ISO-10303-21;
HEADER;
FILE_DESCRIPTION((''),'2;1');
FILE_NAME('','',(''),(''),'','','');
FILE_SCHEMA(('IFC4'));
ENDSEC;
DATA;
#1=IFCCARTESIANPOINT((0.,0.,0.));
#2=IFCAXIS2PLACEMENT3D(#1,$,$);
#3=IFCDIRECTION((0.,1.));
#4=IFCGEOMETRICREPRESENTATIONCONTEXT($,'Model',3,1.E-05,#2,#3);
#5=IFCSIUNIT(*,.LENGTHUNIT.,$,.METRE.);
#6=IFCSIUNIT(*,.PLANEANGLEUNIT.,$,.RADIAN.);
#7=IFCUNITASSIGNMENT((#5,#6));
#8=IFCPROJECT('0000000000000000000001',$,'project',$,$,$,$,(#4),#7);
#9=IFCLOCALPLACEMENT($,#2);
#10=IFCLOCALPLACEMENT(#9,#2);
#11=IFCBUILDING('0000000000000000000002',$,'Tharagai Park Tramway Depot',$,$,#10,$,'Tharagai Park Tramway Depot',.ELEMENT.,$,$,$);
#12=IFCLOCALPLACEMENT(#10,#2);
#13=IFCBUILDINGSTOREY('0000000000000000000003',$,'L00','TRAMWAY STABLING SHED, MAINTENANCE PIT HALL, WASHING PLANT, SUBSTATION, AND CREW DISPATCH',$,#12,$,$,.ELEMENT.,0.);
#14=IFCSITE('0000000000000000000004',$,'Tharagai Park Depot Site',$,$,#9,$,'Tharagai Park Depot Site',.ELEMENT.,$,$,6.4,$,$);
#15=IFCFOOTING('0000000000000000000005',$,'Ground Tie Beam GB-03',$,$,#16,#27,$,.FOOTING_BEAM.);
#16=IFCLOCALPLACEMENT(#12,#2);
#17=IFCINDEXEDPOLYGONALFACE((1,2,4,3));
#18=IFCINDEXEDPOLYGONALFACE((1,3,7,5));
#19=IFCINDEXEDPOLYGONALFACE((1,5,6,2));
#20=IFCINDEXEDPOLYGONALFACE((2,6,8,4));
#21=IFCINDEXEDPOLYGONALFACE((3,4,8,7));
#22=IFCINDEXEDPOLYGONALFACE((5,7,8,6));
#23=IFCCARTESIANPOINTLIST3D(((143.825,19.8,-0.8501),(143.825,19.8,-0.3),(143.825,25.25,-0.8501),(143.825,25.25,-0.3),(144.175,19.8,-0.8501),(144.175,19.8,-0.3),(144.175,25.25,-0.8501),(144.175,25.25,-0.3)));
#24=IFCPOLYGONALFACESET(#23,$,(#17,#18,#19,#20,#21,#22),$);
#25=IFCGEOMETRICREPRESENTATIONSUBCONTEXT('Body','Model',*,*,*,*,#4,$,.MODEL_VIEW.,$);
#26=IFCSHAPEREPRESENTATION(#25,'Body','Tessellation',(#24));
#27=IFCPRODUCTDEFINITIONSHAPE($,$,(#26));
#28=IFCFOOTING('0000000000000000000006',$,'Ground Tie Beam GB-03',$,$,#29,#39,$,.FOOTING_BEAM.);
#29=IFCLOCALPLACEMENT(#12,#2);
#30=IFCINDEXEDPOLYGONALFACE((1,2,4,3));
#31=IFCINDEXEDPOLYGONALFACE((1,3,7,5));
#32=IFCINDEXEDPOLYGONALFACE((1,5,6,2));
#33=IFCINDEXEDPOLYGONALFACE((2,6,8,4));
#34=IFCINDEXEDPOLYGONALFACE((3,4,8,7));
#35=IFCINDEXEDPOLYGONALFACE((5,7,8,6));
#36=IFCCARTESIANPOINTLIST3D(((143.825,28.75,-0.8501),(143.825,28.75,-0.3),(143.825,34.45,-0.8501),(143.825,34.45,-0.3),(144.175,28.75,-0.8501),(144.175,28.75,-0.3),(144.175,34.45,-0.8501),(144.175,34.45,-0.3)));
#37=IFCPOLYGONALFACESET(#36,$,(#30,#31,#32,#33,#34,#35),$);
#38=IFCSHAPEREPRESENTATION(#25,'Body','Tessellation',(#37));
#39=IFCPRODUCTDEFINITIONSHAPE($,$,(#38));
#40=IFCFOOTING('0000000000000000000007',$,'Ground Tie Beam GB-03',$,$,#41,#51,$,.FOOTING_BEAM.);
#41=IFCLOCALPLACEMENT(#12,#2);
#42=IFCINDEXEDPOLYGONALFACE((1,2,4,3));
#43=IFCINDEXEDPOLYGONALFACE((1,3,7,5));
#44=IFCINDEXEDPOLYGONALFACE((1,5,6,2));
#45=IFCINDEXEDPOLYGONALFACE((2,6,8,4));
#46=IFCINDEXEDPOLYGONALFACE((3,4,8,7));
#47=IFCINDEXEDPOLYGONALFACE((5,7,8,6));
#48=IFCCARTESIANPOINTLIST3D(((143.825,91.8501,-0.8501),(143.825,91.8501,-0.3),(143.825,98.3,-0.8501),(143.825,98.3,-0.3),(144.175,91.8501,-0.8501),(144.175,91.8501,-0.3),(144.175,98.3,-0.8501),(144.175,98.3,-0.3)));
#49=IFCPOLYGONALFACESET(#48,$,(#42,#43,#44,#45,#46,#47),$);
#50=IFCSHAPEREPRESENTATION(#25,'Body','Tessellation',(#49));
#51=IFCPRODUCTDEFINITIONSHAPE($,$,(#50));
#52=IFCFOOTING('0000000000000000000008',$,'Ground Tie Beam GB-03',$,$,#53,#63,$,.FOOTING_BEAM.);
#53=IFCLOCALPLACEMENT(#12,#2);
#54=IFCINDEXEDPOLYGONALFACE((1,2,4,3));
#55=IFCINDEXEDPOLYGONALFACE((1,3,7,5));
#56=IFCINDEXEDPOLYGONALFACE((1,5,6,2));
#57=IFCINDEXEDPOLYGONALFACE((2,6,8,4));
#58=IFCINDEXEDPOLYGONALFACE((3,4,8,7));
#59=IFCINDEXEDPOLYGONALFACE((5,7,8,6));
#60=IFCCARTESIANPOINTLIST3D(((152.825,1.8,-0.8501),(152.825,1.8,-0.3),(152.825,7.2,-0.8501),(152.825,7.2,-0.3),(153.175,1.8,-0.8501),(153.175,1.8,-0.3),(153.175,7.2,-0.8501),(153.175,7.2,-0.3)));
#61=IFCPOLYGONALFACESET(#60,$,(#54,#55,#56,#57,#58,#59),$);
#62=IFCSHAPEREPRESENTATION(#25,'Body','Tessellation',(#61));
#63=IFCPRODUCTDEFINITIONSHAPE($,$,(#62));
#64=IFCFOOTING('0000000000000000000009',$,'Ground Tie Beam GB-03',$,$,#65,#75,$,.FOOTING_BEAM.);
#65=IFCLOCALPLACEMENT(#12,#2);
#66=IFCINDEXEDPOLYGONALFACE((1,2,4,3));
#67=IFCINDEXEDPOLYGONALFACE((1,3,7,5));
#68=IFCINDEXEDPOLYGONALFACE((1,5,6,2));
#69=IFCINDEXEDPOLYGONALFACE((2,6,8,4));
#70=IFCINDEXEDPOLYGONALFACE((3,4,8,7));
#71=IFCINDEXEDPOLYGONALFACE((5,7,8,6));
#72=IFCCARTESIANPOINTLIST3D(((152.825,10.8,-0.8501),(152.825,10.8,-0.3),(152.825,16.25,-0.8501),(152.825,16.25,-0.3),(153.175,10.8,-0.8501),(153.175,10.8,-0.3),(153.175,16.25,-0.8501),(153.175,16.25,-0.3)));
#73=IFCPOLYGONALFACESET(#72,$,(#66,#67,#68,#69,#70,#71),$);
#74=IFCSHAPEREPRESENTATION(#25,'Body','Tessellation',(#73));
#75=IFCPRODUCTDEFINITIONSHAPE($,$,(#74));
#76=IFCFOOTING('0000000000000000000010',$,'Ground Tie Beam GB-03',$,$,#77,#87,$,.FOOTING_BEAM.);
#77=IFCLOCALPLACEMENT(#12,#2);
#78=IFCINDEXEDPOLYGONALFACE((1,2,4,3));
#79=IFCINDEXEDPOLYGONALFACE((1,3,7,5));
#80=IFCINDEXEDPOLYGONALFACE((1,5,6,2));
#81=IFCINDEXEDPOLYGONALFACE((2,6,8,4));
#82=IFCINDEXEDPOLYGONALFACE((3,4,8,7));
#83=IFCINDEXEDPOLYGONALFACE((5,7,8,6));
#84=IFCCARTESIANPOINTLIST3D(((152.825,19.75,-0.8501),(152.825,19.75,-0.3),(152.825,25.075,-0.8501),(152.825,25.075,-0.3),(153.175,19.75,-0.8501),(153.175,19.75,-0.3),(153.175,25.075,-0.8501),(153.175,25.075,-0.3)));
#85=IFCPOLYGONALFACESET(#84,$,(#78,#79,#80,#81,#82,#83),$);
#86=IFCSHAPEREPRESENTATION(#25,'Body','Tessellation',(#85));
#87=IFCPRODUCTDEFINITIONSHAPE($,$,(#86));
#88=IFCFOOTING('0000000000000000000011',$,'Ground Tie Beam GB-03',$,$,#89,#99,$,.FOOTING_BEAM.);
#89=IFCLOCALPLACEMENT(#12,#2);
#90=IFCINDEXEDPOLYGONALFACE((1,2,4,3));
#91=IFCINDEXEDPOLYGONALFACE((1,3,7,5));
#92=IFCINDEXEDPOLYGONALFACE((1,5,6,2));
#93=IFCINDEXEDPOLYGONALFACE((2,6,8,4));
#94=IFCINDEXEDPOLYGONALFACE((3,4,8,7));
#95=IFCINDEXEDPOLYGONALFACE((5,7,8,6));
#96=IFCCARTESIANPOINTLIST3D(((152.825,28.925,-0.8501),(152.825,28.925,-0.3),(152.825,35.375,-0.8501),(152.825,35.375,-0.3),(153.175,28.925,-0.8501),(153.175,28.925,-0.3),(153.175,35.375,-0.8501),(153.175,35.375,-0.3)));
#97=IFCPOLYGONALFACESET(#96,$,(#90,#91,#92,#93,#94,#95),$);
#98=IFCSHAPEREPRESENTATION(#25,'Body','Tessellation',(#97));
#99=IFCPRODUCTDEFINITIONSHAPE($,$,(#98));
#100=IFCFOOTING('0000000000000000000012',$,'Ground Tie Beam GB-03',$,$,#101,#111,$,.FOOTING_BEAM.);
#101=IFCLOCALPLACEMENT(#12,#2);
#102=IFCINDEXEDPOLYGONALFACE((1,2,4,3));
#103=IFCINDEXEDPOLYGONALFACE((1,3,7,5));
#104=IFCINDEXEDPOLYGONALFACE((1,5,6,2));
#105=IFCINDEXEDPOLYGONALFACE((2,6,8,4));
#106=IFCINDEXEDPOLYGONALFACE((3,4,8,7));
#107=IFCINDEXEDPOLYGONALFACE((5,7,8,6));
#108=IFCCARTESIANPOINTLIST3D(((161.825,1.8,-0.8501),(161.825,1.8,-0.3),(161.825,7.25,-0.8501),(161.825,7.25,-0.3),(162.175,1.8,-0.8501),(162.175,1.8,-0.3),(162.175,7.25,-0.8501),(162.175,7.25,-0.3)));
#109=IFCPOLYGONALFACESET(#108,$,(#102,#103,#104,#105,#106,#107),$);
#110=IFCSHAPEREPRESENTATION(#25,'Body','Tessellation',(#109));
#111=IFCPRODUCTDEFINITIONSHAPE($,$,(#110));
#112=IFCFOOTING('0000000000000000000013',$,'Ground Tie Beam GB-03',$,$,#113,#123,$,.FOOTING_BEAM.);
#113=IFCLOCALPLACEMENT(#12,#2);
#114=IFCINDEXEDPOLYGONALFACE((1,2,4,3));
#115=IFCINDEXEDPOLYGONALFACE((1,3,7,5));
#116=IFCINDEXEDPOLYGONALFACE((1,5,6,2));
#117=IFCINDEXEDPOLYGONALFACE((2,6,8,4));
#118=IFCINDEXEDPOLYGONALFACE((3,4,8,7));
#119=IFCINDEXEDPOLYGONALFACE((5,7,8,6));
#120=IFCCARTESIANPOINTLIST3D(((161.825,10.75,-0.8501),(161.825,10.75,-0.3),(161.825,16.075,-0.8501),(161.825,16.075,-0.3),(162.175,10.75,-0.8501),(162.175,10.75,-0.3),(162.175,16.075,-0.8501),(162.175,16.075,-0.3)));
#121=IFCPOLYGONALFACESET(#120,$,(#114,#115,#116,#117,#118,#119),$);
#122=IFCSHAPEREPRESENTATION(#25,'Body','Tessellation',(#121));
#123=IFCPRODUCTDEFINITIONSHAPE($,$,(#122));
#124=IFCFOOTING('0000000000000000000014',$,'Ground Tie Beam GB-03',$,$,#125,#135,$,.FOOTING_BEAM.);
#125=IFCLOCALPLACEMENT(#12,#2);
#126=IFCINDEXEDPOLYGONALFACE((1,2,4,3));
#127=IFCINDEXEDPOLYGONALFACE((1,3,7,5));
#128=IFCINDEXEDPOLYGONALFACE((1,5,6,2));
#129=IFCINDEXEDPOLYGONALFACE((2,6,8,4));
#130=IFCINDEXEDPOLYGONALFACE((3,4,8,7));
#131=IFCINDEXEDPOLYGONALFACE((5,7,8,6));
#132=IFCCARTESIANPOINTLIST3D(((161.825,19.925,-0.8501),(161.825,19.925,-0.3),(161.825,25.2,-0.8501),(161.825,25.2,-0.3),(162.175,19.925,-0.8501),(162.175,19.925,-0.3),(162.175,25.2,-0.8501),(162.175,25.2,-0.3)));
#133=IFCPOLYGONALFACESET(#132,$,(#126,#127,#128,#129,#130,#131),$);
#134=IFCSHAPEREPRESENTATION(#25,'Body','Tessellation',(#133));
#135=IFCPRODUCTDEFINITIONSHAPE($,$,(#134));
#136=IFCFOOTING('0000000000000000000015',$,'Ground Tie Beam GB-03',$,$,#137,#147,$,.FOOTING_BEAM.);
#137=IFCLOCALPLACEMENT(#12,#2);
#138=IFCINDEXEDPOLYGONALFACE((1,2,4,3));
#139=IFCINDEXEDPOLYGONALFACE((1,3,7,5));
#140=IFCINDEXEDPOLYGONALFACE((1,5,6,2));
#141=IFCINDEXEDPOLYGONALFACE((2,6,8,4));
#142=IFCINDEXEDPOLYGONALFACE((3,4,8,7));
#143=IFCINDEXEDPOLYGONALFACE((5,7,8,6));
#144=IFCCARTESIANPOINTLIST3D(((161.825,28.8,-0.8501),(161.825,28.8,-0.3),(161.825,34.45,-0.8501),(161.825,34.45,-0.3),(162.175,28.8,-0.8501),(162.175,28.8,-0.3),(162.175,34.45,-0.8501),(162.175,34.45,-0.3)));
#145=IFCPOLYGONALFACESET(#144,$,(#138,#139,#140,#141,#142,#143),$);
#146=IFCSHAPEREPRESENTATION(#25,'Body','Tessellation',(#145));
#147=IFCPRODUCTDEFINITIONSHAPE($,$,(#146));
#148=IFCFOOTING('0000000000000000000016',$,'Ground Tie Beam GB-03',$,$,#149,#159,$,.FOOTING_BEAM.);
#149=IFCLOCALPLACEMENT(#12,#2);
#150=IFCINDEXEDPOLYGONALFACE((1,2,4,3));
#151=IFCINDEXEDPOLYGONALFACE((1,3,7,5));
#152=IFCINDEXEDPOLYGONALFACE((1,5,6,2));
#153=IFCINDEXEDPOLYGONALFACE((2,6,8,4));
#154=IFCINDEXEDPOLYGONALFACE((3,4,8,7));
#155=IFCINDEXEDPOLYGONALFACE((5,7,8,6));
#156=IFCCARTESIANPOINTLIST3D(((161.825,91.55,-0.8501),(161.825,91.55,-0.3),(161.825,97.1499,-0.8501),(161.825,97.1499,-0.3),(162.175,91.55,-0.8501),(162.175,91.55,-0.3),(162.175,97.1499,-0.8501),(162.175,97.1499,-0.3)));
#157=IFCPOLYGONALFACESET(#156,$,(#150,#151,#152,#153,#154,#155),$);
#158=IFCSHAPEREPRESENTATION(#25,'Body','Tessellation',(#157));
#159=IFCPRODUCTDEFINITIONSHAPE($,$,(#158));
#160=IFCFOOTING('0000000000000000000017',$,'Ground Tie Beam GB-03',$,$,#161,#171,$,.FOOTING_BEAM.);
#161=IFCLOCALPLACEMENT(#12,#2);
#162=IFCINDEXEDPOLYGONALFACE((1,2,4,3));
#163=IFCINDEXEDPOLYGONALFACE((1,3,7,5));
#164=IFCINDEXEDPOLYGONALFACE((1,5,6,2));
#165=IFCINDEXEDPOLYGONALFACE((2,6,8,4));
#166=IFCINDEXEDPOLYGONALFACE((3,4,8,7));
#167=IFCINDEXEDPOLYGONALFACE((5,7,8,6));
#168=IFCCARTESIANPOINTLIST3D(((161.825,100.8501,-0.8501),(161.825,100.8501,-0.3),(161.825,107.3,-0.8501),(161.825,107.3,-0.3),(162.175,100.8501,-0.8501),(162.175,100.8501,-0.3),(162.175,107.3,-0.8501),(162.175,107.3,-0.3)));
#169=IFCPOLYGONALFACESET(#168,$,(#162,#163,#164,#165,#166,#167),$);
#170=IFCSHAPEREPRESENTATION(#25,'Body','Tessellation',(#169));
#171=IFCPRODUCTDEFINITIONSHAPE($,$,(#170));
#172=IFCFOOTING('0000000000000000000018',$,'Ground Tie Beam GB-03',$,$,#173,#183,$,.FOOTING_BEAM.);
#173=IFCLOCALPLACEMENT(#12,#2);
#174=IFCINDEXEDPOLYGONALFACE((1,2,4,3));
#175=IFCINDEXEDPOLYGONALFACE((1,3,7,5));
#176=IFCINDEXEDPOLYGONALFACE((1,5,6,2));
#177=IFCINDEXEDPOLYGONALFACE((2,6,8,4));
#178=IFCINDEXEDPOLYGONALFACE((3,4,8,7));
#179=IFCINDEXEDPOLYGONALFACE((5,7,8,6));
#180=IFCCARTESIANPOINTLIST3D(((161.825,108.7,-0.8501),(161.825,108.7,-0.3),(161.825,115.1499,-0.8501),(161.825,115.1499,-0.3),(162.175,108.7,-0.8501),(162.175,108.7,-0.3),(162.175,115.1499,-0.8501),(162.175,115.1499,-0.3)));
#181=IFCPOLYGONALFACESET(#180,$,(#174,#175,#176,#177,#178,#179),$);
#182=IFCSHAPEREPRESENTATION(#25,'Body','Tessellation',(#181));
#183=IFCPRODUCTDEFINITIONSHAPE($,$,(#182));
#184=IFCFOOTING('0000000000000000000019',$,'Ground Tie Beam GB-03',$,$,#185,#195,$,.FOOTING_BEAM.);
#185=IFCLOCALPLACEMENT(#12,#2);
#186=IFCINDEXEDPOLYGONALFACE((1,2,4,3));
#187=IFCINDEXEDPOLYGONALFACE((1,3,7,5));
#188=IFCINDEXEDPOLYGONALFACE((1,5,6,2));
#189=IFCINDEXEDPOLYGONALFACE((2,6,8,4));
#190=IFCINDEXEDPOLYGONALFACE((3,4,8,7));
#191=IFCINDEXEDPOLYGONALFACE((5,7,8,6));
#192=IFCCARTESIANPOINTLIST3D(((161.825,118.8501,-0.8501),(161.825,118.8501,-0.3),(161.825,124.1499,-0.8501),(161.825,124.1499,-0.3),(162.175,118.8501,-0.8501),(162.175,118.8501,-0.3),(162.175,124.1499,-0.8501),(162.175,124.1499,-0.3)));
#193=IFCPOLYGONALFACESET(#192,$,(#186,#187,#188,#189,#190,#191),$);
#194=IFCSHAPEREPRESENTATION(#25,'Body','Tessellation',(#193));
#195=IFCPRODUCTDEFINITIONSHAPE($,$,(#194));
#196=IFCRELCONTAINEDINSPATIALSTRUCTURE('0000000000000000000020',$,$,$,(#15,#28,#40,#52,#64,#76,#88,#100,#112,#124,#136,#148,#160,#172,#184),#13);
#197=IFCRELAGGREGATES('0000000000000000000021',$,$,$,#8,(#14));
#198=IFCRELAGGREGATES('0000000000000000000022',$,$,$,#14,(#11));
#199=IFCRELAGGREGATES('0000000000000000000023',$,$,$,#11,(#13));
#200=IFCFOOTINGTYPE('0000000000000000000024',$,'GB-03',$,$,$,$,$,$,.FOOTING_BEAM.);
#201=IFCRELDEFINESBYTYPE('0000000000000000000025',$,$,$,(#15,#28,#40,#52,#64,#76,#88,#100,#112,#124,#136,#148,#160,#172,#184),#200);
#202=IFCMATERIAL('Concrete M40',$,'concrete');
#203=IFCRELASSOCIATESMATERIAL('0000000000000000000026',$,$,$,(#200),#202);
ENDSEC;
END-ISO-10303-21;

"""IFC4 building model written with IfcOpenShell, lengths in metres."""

from ifc_helpers import new_model, si_unit, direction, frame, origin, place, context, subcontext, project, spatial, polyline, outline, extrude, material, type_object, element, save


model = new_model("IFC4")

# Units and contexts
model_context = context("Model", 3, precision=1e-05, world=origin(), true_north=direction((0.0, 1.0)))
body_context = subcontext(model_context, "Body", "Model", "MODEL_VIEW")
ifc_project = project(units=[si_unit("LENGTHUNIT", "METRE"), si_unit("PLANEANGLEUNIT", "RADIAN")], contexts=[model_context])

# Site, building, storey
site_placement = place(None, origin())
site = spatial("IfcSite", under=ifc_project, at=site_placement, Name="Tharagai Park Depot Site", LongName="Tharagai Park Depot Site", CompositionType="ELEMENT", RefElevation=6.4)
building_placement = place(site_placement, origin())
building = spatial("IfcBuilding", under=site, at=building_placement, Name="Tharagai Park Tramway Depot", LongName="Tharagai Park Tramway Depot", CompositionType="ELEMENT")
storey_placement = place(building_placement, origin())
storey = spatial("IfcBuildingStorey", under=building, at=storey_placement, Name="L00", Description="TRAMWAY STABLING SHED, MAINTENANCE PIT HALL, WASHING PLANT, SUBSTATION, AND CREW DISPATCH", CompositionType="ELEMENT", Elevation=0.0)

# Footings
ifc_material = material(Name="Concrete M40", Category="concrete")
footing_type = type_object("IfcFootingType", Name="GB-03", PredefinedType="FOOTING_BEAM", material=ifc_material)
footing_1_placement = place(storey_placement, frame((0.0, 0.0, -0.8501)))
element("IfcFooting", 1, at=footing_1_placement, inside=storey, type_object=footing_type, Name="Ground Tie Beam GB-03", PredefinedType="FOOTING_BEAM", context=body_context, shape_type="SweptSolid", body=[
    extrude(outline(polyline([(143.825, 19.8), (144.175, 19.8), (144.175, 25.25), (143.825, 25.25), (143.825, 19.8)])), origin(), (0.0, 0.0, 1.0), 0.55),
])
footing_2_placement = place(storey_placement, frame((0.0, 0.0, -0.8501)))
element("IfcFooting", 2, at=footing_2_placement, inside=storey, type_object=footing_type, Name="Ground Tie Beam GB-03", PredefinedType="FOOTING_BEAM", context=body_context, shape_type="SweptSolid", body=[
    extrude(outline(polyline([(143.825, 28.75), (144.175, 28.75), (144.175, 34.45), (143.825, 34.45), (143.825, 28.75)])), origin(), (0.0, 0.0, 1.0), 0.55),
])
footing_3_placement = place(storey_placement, frame((0.0, 0.0, -0.8501)))
element("IfcFooting", 3, at=footing_3_placement, inside=storey, type_object=footing_type, Name="Ground Tie Beam GB-03", PredefinedType="FOOTING_BEAM", context=body_context, shape_type="SweptSolid", body=[
    extrude(outline(polyline([(143.825, 91.8501), (144.175, 91.8501), (144.175, 98.3), (143.825, 98.3), (143.825, 91.8501)])), origin(), (0.0, 0.0, 1.0), 0.55),
])
footing_4_placement = place(storey_placement, frame((0.0, 0.0, -0.8501)))
element("IfcFooting", 4, at=footing_4_placement, inside=storey, type_object=footing_type, Name="Ground Tie Beam GB-03", PredefinedType="FOOTING_BEAM", context=body_context, shape_type="SweptSolid", body=[
    extrude(outline(polyline([(152.825, 1.8), (153.175, 1.8), (153.175, 7.2), (152.825, 7.2), (152.825, 1.8)])), origin(), (0.0, 0.0, 1.0), 0.55),
])
footing_5_placement = place(storey_placement, frame((0.0, 0.0, -0.8501)))
element("IfcFooting", 5, at=footing_5_placement, inside=storey, type_object=footing_type, Name="Ground Tie Beam GB-03", PredefinedType="FOOTING_BEAM", context=body_context, shape_type="SweptSolid", body=[
    extrude(outline(polyline([(152.825, 10.8), (153.175, 10.8), (153.175, 16.25), (152.825, 16.25), (152.825, 10.8)])), origin(), (0.0, 0.0, 1.0), 0.55),
])
footing_6_placement = place(storey_placement, frame((0.0, 0.0, -0.8501)))
element("IfcFooting", 6, at=footing_6_placement, inside=storey, type_object=footing_type, Name="Ground Tie Beam GB-03", PredefinedType="FOOTING_BEAM", context=body_context, shape_type="SweptSolid", body=[
    extrude(outline(polyline([(152.825, 19.75), (153.175, 19.75), (153.175, 25.075), (152.825, 25.075), (152.825, 19.75)])), origin(), (0.0, 0.0, 1.0), 0.55),
])
footing_7_placement = place(storey_placement, frame((0.0, 0.0, -0.8501)))
element("IfcFooting", 7, at=footing_7_placement, inside=storey, type_object=footing_type, Name="Ground Tie Beam GB-03", PredefinedType="FOOTING_BEAM", context=body_context, shape_type="SweptSolid", body=[
    extrude(outline(polyline([(152.825, 28.925), (153.175, 28.925), (153.175, 35.375), (152.825, 35.375), (152.825, 28.925)])), origin(), (0.0, 0.0, 1.0), 0.55),
])
footing_8_placement = place(storey_placement, frame((0.0, 0.0, -0.8501)))
element("IfcFooting", 8, at=footing_8_placement, inside=storey, type_object=footing_type, Name="Ground Tie Beam GB-03", PredefinedType="FOOTING_BEAM", context=body_context, shape_type="SweptSolid", body=[
    extrude(outline(polyline([(161.825, 1.8), (162.175, 1.8), (162.175, 7.25), (161.825, 7.25), (161.825, 1.8)])), origin(), (0.0, 0.0, 1.0), 0.55),
])
footing_9_placement = place(storey_placement, frame((0.0, 0.0, -0.8501)))
element("IfcFooting", 9, at=footing_9_placement, inside=storey, type_object=footing_type, Name="Ground Tie Beam GB-03", PredefinedType="FOOTING_BEAM", context=body_context, shape_type="SweptSolid", body=[
    extrude(outline(polyline([(161.825, 10.75), (162.175, 10.75), (162.175, 16.075), (161.825, 16.075), (161.825, 10.75)])), origin(), (0.0, 0.0, 1.0), 0.55),
])
footing_10_placement = place(storey_placement, frame((0.0, 0.0, -0.8501)))
element("IfcFooting", 10, at=footing_10_placement, inside=storey, type_object=footing_type, Name="Ground Tie Beam GB-03", PredefinedType="FOOTING_BEAM", context=body_context, shape_type="SweptSolid", body=[
    extrude(outline(polyline([(161.825, 19.925), (162.175, 19.925), (162.175, 25.2), (161.825, 25.2), (161.825, 19.925)])), origin(), (0.0, 0.0, 1.0), 0.55),
])
footing_11_placement = place(storey_placement, frame((0.0, 0.0, -0.8501)))
element("IfcFooting", 11, at=footing_11_placement, inside=storey, type_object=footing_type, Name="Ground Tie Beam GB-03", PredefinedType="FOOTING_BEAM", context=body_context, shape_type="SweptSolid", body=[
    extrude(outline(polyline([(161.825, 28.8), (162.175, 28.8), (162.175, 34.45), (161.825, 34.45), (161.825, 28.8)])), origin(), (0.0, 0.0, 1.0), 0.55),
])
footing_12_placement = place(storey_placement, frame((0.0, 0.0, -0.8501)))
element("IfcFooting", 12, at=footing_12_placement, inside=storey, type_object=footing_type, Name="Ground Tie Beam GB-03", PredefinedType="FOOTING_BEAM", context=body_context, shape_type="SweptSolid", body=[
    extrude(outline(polyline([(161.825, 91.55), (162.175, 91.55), (162.175, 97.1499), (161.825, 97.1499), (161.825, 91.55)])), origin(), (0.0, 0.0, 1.0), 0.55),
])
footing_13_placement = place(storey_placement, frame((0.0, 0.0, -0.8501)))
element("IfcFooting", 13, at=footing_13_placement, inside=storey, type_object=footing_type, Name="Ground Tie Beam GB-03", PredefinedType="FOOTING_BEAM", context=body_context, shape_type="SweptSolid", body=[
    extrude(outline(polyline([(161.825, 100.8501), (162.175, 100.8501), (162.175, 107.3), (161.825, 107.3), (161.825, 100.8501)])), origin(), (0.0, 0.0, 1.0), 0.55),
])
footing_14_placement = place(storey_placement, frame((0.0, 0.0, -0.8501)))
element("IfcFooting", 14, at=footing_14_placement, inside=storey, type_object=footing_type, Name="Ground Tie Beam GB-03", PredefinedType="FOOTING_BEAM", context=body_context, shape_type="SweptSolid", body=[
    extrude(outline(polyline([(161.825, 108.7), (162.175, 108.7), (162.175, 115.1499), (161.825, 115.1499), (161.825, 108.7)])), origin(), (0.0, 0.0, 1.0), 0.55),
])
footing_15_placement = place(storey_placement, frame((0.0, 0.0, -0.8501)))
element("IfcFooting", 15, at=footing_15_placement, inside=storey, type_object=footing_type, Name="Ground Tie Beam GB-03", PredefinedType="FOOTING_BEAM", context=body_context, shape_type="SweptSolid", body=[
    extrude(outline(polyline([(161.825, 118.8501), (162.175, 118.8501), (162.175, 124.1499), (161.825, 124.1499), (161.825, 118.8501)])), origin(), (0.0, 0.0, 1.0), 0.55),
])

save(model, "model.ifc")
